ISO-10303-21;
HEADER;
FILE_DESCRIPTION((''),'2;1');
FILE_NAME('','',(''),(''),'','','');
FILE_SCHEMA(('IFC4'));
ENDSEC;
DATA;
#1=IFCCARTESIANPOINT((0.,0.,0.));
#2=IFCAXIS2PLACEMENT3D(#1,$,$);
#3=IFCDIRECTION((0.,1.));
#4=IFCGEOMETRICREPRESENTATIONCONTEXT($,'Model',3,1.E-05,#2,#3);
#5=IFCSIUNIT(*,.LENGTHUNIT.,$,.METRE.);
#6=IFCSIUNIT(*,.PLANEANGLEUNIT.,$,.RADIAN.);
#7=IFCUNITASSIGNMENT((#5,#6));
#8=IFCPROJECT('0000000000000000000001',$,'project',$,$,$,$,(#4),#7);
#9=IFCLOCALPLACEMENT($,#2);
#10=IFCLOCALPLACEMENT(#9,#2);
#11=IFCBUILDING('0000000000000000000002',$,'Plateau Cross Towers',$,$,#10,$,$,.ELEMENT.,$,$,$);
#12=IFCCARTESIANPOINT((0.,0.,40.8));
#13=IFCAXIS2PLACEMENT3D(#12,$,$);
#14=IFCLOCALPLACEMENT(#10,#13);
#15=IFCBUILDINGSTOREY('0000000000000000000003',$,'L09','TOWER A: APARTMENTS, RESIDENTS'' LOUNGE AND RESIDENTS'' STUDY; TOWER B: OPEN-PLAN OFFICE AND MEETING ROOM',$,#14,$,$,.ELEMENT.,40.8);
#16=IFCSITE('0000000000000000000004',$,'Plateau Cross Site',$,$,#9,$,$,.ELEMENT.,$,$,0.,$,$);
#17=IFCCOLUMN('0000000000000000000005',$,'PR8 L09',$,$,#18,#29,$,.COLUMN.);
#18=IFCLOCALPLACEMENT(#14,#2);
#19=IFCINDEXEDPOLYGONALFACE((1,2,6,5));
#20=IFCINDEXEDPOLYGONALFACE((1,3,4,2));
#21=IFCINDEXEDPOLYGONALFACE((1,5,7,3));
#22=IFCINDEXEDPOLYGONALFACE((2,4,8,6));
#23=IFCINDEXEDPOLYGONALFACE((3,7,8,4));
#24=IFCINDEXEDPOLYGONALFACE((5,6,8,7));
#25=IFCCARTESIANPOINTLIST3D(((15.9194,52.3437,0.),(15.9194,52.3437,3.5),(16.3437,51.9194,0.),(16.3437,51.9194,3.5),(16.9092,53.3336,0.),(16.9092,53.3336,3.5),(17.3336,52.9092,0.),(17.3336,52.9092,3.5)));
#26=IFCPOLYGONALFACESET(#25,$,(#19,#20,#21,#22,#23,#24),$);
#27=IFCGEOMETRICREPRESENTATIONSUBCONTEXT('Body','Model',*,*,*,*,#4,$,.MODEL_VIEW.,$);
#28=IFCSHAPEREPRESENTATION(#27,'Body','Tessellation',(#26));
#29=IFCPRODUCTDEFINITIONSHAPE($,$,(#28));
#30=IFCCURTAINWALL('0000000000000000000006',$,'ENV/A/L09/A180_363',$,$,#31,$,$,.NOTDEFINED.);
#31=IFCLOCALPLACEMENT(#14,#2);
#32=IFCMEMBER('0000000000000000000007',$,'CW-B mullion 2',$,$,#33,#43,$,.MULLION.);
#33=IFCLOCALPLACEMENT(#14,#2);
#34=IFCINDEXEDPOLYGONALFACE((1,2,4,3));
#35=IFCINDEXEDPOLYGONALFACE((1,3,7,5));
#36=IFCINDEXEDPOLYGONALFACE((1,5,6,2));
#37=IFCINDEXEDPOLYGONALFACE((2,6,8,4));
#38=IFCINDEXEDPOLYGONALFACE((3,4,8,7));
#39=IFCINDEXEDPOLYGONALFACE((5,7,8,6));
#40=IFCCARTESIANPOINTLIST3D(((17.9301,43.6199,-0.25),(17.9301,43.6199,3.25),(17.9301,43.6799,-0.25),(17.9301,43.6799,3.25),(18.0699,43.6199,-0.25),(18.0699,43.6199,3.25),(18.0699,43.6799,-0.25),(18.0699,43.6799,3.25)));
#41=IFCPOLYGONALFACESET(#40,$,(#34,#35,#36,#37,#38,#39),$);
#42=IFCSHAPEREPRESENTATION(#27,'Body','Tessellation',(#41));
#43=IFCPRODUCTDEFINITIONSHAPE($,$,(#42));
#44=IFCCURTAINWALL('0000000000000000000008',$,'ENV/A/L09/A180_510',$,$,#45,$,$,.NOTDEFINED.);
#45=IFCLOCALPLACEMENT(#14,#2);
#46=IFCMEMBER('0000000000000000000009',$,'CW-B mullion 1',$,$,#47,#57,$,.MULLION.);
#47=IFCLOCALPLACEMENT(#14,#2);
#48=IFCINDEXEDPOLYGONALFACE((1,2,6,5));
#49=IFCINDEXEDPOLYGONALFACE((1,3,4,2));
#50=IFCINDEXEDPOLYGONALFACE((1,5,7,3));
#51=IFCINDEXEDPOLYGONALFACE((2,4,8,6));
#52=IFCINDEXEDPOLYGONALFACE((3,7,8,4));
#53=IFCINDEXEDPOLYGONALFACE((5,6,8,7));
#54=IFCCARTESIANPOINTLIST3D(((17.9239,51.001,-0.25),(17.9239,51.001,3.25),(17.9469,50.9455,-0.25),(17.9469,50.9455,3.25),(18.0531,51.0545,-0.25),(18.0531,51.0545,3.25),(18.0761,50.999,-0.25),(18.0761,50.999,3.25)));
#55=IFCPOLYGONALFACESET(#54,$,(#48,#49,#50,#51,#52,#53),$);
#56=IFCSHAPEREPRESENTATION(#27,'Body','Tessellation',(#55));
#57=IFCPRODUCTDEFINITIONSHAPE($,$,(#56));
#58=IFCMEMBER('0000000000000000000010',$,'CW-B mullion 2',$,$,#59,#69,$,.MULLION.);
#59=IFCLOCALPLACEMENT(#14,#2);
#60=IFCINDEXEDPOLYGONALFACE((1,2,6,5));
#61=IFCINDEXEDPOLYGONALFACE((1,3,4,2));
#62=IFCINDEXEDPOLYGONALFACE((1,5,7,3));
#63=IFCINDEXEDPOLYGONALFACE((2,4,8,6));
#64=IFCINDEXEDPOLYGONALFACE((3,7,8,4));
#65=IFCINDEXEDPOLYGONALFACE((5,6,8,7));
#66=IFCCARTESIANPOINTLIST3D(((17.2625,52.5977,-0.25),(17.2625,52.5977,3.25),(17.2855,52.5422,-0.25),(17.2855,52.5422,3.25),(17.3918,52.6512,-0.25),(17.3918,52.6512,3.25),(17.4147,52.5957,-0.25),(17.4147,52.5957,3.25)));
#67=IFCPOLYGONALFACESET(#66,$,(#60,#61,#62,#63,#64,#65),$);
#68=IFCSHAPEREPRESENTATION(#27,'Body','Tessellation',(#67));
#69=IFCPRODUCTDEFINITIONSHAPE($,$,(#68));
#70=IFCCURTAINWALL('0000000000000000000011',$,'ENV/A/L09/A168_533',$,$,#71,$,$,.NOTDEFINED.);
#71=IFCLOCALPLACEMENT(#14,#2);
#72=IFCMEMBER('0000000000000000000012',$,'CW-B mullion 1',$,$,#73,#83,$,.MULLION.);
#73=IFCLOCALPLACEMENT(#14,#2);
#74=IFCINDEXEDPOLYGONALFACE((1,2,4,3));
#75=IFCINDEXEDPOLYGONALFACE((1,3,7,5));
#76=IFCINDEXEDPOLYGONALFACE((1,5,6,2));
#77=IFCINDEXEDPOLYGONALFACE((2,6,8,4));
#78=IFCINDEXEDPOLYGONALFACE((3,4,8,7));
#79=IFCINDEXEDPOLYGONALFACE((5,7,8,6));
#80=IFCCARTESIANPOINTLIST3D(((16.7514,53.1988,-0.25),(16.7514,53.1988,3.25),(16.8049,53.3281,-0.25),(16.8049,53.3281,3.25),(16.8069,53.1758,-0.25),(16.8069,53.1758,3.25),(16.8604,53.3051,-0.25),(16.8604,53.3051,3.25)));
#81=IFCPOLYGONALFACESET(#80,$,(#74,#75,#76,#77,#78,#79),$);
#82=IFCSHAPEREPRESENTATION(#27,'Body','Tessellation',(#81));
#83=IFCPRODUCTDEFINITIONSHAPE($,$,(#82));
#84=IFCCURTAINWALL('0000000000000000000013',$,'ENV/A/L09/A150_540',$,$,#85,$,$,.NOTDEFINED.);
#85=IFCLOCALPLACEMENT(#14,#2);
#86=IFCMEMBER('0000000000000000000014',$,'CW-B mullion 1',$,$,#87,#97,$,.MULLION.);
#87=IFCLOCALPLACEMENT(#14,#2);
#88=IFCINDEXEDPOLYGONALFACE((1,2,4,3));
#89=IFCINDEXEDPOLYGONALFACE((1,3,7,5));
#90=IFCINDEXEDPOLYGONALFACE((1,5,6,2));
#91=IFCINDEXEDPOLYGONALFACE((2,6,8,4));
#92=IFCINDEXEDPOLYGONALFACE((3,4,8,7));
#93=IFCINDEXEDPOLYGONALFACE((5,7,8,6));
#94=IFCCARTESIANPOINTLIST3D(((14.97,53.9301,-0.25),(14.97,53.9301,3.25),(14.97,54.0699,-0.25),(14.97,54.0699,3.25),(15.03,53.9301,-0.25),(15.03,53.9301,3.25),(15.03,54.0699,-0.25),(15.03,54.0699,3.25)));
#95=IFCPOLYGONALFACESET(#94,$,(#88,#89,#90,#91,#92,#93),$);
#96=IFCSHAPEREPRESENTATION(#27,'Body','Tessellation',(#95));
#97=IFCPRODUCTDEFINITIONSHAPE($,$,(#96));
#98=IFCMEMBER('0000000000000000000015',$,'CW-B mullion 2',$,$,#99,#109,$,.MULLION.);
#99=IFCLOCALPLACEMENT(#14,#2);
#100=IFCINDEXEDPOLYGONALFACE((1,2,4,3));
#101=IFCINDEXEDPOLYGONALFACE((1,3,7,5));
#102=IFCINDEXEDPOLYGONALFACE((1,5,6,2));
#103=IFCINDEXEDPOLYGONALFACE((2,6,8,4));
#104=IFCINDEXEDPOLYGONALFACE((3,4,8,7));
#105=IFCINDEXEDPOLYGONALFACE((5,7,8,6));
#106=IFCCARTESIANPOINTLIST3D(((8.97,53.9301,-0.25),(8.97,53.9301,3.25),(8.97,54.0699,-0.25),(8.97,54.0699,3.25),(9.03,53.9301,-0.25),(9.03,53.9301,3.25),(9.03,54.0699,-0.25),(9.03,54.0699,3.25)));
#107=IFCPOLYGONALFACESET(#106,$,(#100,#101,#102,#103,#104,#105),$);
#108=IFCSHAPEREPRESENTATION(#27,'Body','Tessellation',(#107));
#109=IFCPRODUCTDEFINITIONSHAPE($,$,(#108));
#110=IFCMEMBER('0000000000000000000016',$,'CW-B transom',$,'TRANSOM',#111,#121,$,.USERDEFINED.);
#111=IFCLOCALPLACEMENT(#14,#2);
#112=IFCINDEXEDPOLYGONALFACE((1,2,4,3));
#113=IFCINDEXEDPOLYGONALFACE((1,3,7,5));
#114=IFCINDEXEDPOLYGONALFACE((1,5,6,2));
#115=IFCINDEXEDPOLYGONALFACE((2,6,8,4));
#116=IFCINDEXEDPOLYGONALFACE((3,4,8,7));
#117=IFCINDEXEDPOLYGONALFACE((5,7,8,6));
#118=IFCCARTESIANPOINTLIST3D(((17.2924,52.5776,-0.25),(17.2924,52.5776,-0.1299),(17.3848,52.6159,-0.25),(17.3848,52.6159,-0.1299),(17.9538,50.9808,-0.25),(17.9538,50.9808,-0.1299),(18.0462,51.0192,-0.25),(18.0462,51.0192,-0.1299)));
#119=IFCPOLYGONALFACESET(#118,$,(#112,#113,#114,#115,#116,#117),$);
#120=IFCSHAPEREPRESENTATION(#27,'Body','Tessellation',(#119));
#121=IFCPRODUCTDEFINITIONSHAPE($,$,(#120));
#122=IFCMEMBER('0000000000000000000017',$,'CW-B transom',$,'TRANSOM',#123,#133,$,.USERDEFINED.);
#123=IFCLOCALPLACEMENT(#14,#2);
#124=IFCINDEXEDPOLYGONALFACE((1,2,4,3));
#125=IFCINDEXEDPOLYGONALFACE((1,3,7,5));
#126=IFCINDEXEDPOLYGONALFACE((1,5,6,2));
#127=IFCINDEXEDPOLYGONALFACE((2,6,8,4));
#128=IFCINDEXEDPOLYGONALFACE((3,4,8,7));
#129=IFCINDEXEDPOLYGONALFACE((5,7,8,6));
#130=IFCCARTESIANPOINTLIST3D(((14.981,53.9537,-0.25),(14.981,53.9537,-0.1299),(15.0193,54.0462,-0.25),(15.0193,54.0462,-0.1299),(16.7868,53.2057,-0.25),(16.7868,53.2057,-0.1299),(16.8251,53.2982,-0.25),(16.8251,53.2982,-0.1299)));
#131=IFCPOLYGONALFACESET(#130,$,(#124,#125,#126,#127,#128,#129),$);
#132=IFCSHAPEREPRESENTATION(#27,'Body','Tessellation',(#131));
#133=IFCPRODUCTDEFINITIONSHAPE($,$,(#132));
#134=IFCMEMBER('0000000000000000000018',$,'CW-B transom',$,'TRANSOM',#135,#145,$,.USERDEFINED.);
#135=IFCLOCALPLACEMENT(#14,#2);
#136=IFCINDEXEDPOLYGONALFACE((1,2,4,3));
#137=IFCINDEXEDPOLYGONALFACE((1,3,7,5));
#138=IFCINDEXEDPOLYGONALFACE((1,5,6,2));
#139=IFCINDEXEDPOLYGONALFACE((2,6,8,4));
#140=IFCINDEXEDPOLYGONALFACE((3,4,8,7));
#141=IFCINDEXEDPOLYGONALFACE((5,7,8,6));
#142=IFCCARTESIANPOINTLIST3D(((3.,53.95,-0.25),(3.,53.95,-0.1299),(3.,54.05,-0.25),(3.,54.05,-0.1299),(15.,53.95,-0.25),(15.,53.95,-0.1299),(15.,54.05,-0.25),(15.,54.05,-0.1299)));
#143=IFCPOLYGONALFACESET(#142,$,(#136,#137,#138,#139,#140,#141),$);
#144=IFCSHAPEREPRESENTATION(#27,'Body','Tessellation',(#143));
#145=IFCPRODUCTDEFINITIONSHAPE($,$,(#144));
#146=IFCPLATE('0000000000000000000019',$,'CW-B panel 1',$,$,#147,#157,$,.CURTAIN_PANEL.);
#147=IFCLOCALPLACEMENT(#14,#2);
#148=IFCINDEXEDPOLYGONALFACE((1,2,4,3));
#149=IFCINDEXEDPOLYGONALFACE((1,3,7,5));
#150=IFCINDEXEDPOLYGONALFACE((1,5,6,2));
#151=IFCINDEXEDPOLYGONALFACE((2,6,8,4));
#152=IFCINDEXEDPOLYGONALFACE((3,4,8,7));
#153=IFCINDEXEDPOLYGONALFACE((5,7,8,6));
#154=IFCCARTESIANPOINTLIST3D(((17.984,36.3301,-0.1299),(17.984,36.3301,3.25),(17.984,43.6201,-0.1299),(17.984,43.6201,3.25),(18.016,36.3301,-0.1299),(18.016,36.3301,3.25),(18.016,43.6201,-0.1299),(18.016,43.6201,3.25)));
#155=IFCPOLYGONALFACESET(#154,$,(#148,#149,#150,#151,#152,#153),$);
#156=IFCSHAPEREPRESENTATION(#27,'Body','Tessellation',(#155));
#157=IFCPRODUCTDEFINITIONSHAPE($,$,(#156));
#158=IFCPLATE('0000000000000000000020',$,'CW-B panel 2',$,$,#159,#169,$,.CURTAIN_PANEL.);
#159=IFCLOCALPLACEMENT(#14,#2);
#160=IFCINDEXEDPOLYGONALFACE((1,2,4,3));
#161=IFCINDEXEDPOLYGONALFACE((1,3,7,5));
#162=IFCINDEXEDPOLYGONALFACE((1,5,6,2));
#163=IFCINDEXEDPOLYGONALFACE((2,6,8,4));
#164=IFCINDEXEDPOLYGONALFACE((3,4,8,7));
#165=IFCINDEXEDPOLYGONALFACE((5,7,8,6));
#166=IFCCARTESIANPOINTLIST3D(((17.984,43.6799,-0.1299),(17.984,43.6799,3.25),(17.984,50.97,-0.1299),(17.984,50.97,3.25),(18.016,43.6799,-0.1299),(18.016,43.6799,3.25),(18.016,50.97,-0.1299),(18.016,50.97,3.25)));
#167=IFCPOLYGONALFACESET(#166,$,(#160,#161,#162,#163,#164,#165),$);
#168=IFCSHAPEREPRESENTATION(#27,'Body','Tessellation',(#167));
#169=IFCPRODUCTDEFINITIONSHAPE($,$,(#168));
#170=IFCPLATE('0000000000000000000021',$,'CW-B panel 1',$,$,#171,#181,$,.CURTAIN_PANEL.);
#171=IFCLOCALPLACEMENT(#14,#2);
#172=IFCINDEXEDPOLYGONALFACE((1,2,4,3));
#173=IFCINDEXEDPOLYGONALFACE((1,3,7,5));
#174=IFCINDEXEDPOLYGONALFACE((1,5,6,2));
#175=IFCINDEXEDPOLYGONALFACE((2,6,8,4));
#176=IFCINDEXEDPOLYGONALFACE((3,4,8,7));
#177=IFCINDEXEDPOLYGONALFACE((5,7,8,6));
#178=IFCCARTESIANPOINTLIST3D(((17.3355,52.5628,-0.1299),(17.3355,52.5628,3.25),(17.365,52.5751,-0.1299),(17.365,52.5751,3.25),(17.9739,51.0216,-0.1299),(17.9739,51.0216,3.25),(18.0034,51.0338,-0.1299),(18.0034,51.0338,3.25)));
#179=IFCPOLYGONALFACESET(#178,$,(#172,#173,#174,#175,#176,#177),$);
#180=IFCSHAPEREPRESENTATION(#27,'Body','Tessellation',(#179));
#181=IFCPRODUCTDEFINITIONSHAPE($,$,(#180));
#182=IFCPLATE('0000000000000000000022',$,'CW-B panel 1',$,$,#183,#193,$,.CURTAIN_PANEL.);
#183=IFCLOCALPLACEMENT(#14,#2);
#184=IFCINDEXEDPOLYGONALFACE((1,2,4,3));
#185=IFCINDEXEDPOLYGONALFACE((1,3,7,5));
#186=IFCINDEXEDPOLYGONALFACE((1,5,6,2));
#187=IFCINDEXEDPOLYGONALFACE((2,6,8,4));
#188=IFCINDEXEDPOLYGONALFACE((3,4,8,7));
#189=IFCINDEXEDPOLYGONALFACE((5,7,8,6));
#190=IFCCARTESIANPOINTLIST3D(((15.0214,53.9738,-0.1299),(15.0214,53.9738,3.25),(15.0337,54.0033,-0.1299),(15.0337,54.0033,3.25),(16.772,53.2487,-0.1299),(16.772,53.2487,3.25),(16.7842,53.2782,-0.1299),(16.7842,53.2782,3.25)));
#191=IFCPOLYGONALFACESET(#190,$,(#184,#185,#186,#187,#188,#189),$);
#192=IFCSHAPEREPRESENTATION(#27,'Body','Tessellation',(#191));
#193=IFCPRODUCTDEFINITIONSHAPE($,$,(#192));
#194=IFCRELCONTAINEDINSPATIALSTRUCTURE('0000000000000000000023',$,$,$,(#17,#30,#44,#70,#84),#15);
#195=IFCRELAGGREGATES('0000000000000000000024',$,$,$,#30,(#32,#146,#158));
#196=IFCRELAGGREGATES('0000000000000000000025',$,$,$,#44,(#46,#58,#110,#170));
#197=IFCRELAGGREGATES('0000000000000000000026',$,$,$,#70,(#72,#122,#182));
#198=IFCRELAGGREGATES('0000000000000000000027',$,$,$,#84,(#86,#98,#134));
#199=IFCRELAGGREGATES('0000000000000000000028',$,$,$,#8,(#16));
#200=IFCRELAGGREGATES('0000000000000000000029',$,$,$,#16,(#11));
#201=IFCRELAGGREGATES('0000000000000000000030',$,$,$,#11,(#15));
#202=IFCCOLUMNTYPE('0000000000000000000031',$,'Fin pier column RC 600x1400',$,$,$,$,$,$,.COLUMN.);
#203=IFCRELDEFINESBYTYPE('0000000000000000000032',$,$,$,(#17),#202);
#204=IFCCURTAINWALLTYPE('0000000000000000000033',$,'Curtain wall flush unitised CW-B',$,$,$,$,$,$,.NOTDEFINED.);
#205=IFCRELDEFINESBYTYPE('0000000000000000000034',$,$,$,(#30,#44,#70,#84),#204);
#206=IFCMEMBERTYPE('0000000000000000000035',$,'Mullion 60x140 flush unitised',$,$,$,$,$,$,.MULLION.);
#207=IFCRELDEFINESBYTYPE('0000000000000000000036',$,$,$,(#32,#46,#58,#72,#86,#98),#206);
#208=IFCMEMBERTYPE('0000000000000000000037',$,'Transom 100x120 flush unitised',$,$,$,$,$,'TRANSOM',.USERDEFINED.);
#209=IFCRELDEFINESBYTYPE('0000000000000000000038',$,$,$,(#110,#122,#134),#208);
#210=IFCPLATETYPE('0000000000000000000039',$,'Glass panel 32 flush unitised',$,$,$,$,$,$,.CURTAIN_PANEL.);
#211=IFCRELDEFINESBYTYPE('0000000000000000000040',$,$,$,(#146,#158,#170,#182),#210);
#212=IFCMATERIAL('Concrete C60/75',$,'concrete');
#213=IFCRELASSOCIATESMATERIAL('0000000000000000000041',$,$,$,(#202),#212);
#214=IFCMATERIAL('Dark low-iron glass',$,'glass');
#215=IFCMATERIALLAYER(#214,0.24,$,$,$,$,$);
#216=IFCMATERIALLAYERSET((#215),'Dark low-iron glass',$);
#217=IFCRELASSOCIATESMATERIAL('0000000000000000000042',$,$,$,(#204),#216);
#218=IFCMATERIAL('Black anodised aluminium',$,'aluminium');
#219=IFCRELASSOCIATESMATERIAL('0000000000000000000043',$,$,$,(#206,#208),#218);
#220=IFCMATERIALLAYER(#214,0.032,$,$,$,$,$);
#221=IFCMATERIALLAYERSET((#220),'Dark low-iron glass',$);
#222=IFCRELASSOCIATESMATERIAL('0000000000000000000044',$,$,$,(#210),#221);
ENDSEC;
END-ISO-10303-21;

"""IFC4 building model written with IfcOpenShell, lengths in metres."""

from ifc_helpers import new_model, si_unit, direction, frame, origin, origin_2d, place, context, subcontext, project, spatial, rectangle, extrude, material, layer, layer_set, material_profile, profile_set, type_object, element, aggregate, save


model = new_model("IFC4")

# Units and contexts
model_context = context("Model", 3, precision=1e-05, world=origin(), true_north=direction((0.0, 1.0)))
body_context = subcontext(model_context, "Body", "Model", "MODEL_VIEW")
ifc_project = project(units=[si_unit("LENGTHUNIT", "METRE"), si_unit("PLANEANGLEUNIT", "RADIAN")], contexts=[model_context])

# Site, building, storey
site_placement = place(None, origin())
site = spatial("IfcSite", under=ifc_project, at=site_placement, Name="Plateau Cross Site", CompositionType="ELEMENT", RefElevation=0.0)
building_placement = place(site_placement, origin())
building = spatial("IfcBuilding", under=site, at=building_placement, Name="Plateau Cross Towers", CompositionType="ELEMENT")
storey_placement = place(building_placement, frame((0.0, 0.0, 40.8)))
storey = spatial("IfcBuildingStorey", under=building, at=storey_placement, Name="L09", Description="TOWER A: APARTMENTS, RESIDENTS' LOUNGE AND RESIDENTS' STUDY; TOWER B: OPEN-PLAN OFFICE AND MEETING ROOM", CompositionType="ELEMENT", Elevation=40.8)

# Column
ifc_material_1 = material(Name="Concrete C60/75", Category="concrete")
ifc_material_profile_1 = material_profile(ifc_material_1, rectangle(XDim=0.6001, YDim=1.3999, at=origin_2d()), Name="RC 600x1400")
ifc_profile_set_1 = profile_set([ifc_material_profile_1], Name="Concrete C60/75")
column_type = type_object("IfcColumnType", Name="Fin pier column RC 600x1400", PredefinedType="COLUMN", material=ifc_profile_set_1)
column_placement = place(storey_placement, frame((16.6265, 52.6265, 0.0), z_axis=(0.0, 0.0, 1.0), x_axis=(-0.707107, 0.707107, 0.0)))
element("IfcColumn", 1, at=column_placement, inside=storey, type_object=column_type, Name="PR8 L09", PredefinedType="COLUMN", context=body_context, shape_type="SweptSolid", body=[
    extrude(rectangle(XDim=0.6001, YDim=1.3999, at=origin_2d()), origin(), (0.0, 0.0, 1.0), 3.5),
])

# Curtain wall, member
ifc_material_2 = material(Name="Dark low-iron glass", Category="glass")
ifc_layer_1 = layer(ifc_material_2, 0.24)
ifc_layer_set_1 = layer_set([ifc_layer_1], Name="Dark low-iron glass")
curtain_wall_type = type_object("IfcCurtainWallType", Name="Curtain wall flush unitised CW-B", PredefinedType="NOTDEFINED", material=ifc_layer_set_1)
curtain_wall_1_placement = place(storey_placement, origin())
curtain_wall_1 = element("IfcCurtainWall", 2, at=curtain_wall_1_placement, inside=storey, type_object=curtain_wall_type, Name="ENV/A/L09/A180_363", PredefinedType="NOTDEFINED")
ifc_material_3 = material(Name="Black anodised aluminium", Category="aluminium")
ifc_material_profile_2 = material_profile(ifc_material_3, rectangle(XDim=0.0601, YDim=0.1399, at=origin_2d()), Name="MULLION 60x140")
ifc_profile_set_2 = profile_set([ifc_material_profile_2], Name="Black anodised aluminium")
member_type_1 = type_object("IfcMemberType", Name="Mullion 60x140 flush unitised", PredefinedType="MULLION", material=ifc_profile_set_2)
member_1_placement = place(storey_placement, frame((18.0, 43.6499, -0.25), z_axis=(0.0, 0.0, 1.0), x_axis=(0.0, 1.0, 0.0)))
member_1 = element("IfcMember", 3, at=member_1_placement, type_object=member_type_1, Name="CW-B mullion 2", PredefinedType="MULLION", context=body_context, shape_type="SweptSolid", body=[
    extrude(rectangle(XDim=0.0601, YDim=0.1399, at=origin_2d()), origin(), (0.0, 0.0, 1.0), 3.5),
])

# Curtain wall, members
curtain_wall_2_placement = place(storey_placement, origin())
curtain_wall_2 = element("IfcCurtainWall", 4, at=curtain_wall_2_placement, inside=storey, type_object=curtain_wall_type, Name="ENV/A/L09/A180_510", PredefinedType="NOTDEFINED")
member_2_placement = place(storey_placement, frame((18.0, 51.0, -0.25), z_axis=(0.0, 0.0, 1.0), x_axis=(-0.382684, 0.923879, 0.0)))
member_2 = element("IfcMember", 5, at=member_2_placement, type_object=member_type_1, Name="CW-B mullion 1", PredefinedType="MULLION", context=body_context, shape_type="SweptSolid", body=[
    extrude(rectangle(XDim=0.0601, YDim=0.1399, at=origin_2d()), origin(), (0.0, 0.0, 1.0), 3.5),
])
member_3_placement = place(storey_placement, frame((17.3386, 52.5967, -0.25), z_axis=(0.0, 0.0, 1.0), x_axis=(-0.382684, 0.923879, 0.0)))
member_3 = element("IfcMember", 6, at=member_3_placement, type_object=member_type_1, Name="CW-B mullion 2", PredefinedType="MULLION", context=body_context, shape_type="SweptSolid", body=[
    extrude(rectangle(XDim=0.0601, YDim=0.1399, at=origin_2d()), origin(), (0.0, 0.0, 1.0), 3.5),
])

# Curtain wall, member
curtain_wall_3_placement = place(storey_placement, origin())
curtain_wall_3 = element("IfcCurtainWall", 7, at=curtain_wall_3_placement, inside=storey, type_object=curtain_wall_type, Name="ENV/A/L09/A168_533", PredefinedType="NOTDEFINED")
member_4_placement = place(storey_placement, frame((16.8059, 53.252, -0.25), z_axis=(0.0, 0.0, 1.0), x_axis=(-0.923879, 0.382684, 0.0)))
member_4 = element("IfcMember", 8, at=member_4_placement, type_object=member_type_1, Name="CW-B mullion 1", PredefinedType="MULLION", context=body_context, shape_type="SweptSolid", body=[
    extrude(rectangle(XDim=0.0601, YDim=0.1399, at=origin_2d()), origin(), (0.0, 0.0, 1.0), 3.5),
])

# Curtain wall, members
curtain_wall_4_placement = place(storey_placement, origin())
curtain_wall_4 = element("IfcCurtainWall", 9, at=curtain_wall_4_placement, inside=storey, type_object=curtain_wall_type, Name="ENV/A/L09/A150_540", PredefinedType="NOTDEFINED")
member_5_placement = place(storey_placement, frame((15.0, 54.0, -0.25), z_axis=(0.0, 0.0, 1.0), x_axis=(-1.0, 0.0, 0.0)))
member_5 = element("IfcMember", 10, at=member_5_placement, type_object=member_type_1, Name="CW-B mullion 1", PredefinedType="MULLION", context=body_context, shape_type="SweptSolid", body=[
    extrude(rectangle(XDim=0.0601, YDim=0.1399, at=origin_2d()), origin(), (0.0, 0.0, 1.0), 3.5),
])
member_6_placement = place(storey_placement, frame((9.0, 54.0, -0.25), z_axis=(0.0, 0.0, 1.0), x_axis=(-1.0, 0.0, 0.0)))
member_6 = element("IfcMember", 11, at=member_6_placement, type_object=member_type_1, Name="CW-B mullion 2", PredefinedType="MULLION", context=body_context, shape_type="SweptSolid", body=[
    extrude(rectangle(XDim=0.0601, YDim=0.1399, at=origin_2d()), origin(), (0.0, 0.0, 1.0), 3.5),
])

# Members
ifc_material_profile_3 = material_profile(ifc_material_3, rectangle(XDim=0.1001, YDim=0.1201, at=origin_2d()), Name="TRANSOM 100x120")
ifc_profile_set_3 = profile_set([ifc_material_profile_3], Name="Black anodised aluminium")
member_type_2 = type_object("IfcMemberType", Name="Transom 100x120 flush unitised", ElementType="TRANSOM", PredefinedType="USERDEFINED", material=ifc_profile_set_3)
member_7_placement = place(storey_placement, frame((18.0, 51.0, -0.1899), z_axis=(-0.382689, 0.923877, 0.0), x_axis=(-0.923877, -0.382689, 0.0)))
member_7 = element("IfcMember", 12, at=member_7_placement, type_object=member_type_2, Name="CW-B transom", ObjectType="TRANSOM", PredefinedType="USERDEFINED", context=body_context, shape_type="SweptSolid", body=[
    extrude(rectangle(XDim=0.1001, YDim=0.1201, at=origin_2d()), origin(), (0.0, 0.0, 1.0), 1.7283),
])
member_8_placement = place(storey_placement, frame((16.8059, 53.252, -0.1899), z_axis=(-0.923877, 0.38269, 0.0), x_axis=(-0.38269, -0.923877, 0.0)))
member_8 = element("IfcMember", 13, at=member_8_placement, type_object=member_type_2, Name="CW-B transom", ObjectType="TRANSOM", PredefinedType="USERDEFINED", context=body_context, shape_type="SweptSolid", body=[
    extrude(rectangle(XDim=0.1001, YDim=0.1201, at=origin_2d()), origin(), (0.0, 0.0, 1.0), 1.9546),
])
member_9_placement = place(storey_placement, frame((15.0, 54.0, -0.1899), z_axis=(-1.0, 0.0, 0.0), x_axis=(0.0, -1.0, 0.0)))
member_9 = element("IfcMember", 14, at=member_9_placement, type_object=member_type_2, Name="CW-B transom", ObjectType="TRANSOM", PredefinedType="USERDEFINED", context=body_context, shape_type="SweptSolid", body=[
    extrude(rectangle(XDim=0.1001, YDim=0.1201, at=origin_2d()), origin(), (0.0, 0.0, 1.0), 12.0),
])

# Plates
ifc_layer_2 = layer(ifc_material_2, 0.032)
ifc_layer_set_2 = layer_set([ifc_layer_2], Name="Dark low-iron glass")
plate_type = type_object("IfcPlateType", Name="Glass panel 32 flush unitised", PredefinedType="CURTAIN_PANEL", material=ifc_layer_set_2)
plate_1_placement = place(storey_placement, frame((18.0, 39.9751, -0.1299), z_axis=(0.0, 0.0, 1.0), x_axis=(0.0, 1.0, 0.0)))
plate_1 = element("IfcPlate", 15, at=plate_1_placement, type_object=plate_type, Name="CW-B panel 1", PredefinedType="CURTAIN_PANEL", context=body_context, shape_type="SweptSolid", body=[
    extrude(rectangle(XDim=7.29, YDim=0.032, at=origin_2d()), origin(), (0.0, 0.0, 1.0), 3.3799),
])
plate_2_placement = place(storey_placement, frame((18.0, 47.325, -0.1299), z_axis=(0.0, 0.0, 1.0), x_axis=(0.0, 1.0, 0.0)))
plate_2 = element("IfcPlate", 16, at=plate_2_placement, type_object=plate_type, Name="CW-B panel 2", PredefinedType="CURTAIN_PANEL", context=body_context, shape_type="SweptSolid", body=[
    extrude(rectangle(XDim=7.29, YDim=0.032, at=origin_2d()), origin(), (0.0, 0.0, 1.0), 3.3799),
])
aggregate(curtain_wall_1, [member_1, plate_1, plate_2])
plate_3_placement = place(storey_placement, frame((17.6694, 51.7983, -0.1299), z_axis=(0.0, 0.0, 1.0), x_axis=(-0.382684, 0.923879, 0.0)))
plate_3 = element("IfcPlate", 17, at=plate_3_placement, type_object=plate_type, Name="CW-B panel 1", PredefinedType="CURTAIN_PANEL", context=body_context, shape_type="SweptSolid", body=[
    extrude(rectangle(XDim=1.6682, YDim=0.032, at=origin_2d()), origin(), (0.0, 0.0, 1.0), 3.3799),
])
aggregate(curtain_wall_2, [member_2, member_3, member_7, plate_3])
plate_4_placement = place(storey_placement, frame((15.9028, 53.626, -0.1299), z_axis=(0.0, 0.0, 1.0), x_axis=(-0.923879, 0.382684, 0.0)))
plate_4 = element("IfcPlate", 18, at=plate_4_placement, type_object=plate_type, Name="CW-B panel 1", PredefinedType="CURTAIN_PANEL", context=body_context, shape_type="SweptSolid", body=[
    extrude(rectangle(XDim=1.8948, YDim=0.032, at=origin_2d()), origin(), (0.0, 0.0, 1.0), 3.3799),
])
aggregate(curtain_wall_3, [member_4, member_8, plate_4])
aggregate(curtain_wall_4, [member_5, member_6, member_9])

save(model, "model.ifc")
